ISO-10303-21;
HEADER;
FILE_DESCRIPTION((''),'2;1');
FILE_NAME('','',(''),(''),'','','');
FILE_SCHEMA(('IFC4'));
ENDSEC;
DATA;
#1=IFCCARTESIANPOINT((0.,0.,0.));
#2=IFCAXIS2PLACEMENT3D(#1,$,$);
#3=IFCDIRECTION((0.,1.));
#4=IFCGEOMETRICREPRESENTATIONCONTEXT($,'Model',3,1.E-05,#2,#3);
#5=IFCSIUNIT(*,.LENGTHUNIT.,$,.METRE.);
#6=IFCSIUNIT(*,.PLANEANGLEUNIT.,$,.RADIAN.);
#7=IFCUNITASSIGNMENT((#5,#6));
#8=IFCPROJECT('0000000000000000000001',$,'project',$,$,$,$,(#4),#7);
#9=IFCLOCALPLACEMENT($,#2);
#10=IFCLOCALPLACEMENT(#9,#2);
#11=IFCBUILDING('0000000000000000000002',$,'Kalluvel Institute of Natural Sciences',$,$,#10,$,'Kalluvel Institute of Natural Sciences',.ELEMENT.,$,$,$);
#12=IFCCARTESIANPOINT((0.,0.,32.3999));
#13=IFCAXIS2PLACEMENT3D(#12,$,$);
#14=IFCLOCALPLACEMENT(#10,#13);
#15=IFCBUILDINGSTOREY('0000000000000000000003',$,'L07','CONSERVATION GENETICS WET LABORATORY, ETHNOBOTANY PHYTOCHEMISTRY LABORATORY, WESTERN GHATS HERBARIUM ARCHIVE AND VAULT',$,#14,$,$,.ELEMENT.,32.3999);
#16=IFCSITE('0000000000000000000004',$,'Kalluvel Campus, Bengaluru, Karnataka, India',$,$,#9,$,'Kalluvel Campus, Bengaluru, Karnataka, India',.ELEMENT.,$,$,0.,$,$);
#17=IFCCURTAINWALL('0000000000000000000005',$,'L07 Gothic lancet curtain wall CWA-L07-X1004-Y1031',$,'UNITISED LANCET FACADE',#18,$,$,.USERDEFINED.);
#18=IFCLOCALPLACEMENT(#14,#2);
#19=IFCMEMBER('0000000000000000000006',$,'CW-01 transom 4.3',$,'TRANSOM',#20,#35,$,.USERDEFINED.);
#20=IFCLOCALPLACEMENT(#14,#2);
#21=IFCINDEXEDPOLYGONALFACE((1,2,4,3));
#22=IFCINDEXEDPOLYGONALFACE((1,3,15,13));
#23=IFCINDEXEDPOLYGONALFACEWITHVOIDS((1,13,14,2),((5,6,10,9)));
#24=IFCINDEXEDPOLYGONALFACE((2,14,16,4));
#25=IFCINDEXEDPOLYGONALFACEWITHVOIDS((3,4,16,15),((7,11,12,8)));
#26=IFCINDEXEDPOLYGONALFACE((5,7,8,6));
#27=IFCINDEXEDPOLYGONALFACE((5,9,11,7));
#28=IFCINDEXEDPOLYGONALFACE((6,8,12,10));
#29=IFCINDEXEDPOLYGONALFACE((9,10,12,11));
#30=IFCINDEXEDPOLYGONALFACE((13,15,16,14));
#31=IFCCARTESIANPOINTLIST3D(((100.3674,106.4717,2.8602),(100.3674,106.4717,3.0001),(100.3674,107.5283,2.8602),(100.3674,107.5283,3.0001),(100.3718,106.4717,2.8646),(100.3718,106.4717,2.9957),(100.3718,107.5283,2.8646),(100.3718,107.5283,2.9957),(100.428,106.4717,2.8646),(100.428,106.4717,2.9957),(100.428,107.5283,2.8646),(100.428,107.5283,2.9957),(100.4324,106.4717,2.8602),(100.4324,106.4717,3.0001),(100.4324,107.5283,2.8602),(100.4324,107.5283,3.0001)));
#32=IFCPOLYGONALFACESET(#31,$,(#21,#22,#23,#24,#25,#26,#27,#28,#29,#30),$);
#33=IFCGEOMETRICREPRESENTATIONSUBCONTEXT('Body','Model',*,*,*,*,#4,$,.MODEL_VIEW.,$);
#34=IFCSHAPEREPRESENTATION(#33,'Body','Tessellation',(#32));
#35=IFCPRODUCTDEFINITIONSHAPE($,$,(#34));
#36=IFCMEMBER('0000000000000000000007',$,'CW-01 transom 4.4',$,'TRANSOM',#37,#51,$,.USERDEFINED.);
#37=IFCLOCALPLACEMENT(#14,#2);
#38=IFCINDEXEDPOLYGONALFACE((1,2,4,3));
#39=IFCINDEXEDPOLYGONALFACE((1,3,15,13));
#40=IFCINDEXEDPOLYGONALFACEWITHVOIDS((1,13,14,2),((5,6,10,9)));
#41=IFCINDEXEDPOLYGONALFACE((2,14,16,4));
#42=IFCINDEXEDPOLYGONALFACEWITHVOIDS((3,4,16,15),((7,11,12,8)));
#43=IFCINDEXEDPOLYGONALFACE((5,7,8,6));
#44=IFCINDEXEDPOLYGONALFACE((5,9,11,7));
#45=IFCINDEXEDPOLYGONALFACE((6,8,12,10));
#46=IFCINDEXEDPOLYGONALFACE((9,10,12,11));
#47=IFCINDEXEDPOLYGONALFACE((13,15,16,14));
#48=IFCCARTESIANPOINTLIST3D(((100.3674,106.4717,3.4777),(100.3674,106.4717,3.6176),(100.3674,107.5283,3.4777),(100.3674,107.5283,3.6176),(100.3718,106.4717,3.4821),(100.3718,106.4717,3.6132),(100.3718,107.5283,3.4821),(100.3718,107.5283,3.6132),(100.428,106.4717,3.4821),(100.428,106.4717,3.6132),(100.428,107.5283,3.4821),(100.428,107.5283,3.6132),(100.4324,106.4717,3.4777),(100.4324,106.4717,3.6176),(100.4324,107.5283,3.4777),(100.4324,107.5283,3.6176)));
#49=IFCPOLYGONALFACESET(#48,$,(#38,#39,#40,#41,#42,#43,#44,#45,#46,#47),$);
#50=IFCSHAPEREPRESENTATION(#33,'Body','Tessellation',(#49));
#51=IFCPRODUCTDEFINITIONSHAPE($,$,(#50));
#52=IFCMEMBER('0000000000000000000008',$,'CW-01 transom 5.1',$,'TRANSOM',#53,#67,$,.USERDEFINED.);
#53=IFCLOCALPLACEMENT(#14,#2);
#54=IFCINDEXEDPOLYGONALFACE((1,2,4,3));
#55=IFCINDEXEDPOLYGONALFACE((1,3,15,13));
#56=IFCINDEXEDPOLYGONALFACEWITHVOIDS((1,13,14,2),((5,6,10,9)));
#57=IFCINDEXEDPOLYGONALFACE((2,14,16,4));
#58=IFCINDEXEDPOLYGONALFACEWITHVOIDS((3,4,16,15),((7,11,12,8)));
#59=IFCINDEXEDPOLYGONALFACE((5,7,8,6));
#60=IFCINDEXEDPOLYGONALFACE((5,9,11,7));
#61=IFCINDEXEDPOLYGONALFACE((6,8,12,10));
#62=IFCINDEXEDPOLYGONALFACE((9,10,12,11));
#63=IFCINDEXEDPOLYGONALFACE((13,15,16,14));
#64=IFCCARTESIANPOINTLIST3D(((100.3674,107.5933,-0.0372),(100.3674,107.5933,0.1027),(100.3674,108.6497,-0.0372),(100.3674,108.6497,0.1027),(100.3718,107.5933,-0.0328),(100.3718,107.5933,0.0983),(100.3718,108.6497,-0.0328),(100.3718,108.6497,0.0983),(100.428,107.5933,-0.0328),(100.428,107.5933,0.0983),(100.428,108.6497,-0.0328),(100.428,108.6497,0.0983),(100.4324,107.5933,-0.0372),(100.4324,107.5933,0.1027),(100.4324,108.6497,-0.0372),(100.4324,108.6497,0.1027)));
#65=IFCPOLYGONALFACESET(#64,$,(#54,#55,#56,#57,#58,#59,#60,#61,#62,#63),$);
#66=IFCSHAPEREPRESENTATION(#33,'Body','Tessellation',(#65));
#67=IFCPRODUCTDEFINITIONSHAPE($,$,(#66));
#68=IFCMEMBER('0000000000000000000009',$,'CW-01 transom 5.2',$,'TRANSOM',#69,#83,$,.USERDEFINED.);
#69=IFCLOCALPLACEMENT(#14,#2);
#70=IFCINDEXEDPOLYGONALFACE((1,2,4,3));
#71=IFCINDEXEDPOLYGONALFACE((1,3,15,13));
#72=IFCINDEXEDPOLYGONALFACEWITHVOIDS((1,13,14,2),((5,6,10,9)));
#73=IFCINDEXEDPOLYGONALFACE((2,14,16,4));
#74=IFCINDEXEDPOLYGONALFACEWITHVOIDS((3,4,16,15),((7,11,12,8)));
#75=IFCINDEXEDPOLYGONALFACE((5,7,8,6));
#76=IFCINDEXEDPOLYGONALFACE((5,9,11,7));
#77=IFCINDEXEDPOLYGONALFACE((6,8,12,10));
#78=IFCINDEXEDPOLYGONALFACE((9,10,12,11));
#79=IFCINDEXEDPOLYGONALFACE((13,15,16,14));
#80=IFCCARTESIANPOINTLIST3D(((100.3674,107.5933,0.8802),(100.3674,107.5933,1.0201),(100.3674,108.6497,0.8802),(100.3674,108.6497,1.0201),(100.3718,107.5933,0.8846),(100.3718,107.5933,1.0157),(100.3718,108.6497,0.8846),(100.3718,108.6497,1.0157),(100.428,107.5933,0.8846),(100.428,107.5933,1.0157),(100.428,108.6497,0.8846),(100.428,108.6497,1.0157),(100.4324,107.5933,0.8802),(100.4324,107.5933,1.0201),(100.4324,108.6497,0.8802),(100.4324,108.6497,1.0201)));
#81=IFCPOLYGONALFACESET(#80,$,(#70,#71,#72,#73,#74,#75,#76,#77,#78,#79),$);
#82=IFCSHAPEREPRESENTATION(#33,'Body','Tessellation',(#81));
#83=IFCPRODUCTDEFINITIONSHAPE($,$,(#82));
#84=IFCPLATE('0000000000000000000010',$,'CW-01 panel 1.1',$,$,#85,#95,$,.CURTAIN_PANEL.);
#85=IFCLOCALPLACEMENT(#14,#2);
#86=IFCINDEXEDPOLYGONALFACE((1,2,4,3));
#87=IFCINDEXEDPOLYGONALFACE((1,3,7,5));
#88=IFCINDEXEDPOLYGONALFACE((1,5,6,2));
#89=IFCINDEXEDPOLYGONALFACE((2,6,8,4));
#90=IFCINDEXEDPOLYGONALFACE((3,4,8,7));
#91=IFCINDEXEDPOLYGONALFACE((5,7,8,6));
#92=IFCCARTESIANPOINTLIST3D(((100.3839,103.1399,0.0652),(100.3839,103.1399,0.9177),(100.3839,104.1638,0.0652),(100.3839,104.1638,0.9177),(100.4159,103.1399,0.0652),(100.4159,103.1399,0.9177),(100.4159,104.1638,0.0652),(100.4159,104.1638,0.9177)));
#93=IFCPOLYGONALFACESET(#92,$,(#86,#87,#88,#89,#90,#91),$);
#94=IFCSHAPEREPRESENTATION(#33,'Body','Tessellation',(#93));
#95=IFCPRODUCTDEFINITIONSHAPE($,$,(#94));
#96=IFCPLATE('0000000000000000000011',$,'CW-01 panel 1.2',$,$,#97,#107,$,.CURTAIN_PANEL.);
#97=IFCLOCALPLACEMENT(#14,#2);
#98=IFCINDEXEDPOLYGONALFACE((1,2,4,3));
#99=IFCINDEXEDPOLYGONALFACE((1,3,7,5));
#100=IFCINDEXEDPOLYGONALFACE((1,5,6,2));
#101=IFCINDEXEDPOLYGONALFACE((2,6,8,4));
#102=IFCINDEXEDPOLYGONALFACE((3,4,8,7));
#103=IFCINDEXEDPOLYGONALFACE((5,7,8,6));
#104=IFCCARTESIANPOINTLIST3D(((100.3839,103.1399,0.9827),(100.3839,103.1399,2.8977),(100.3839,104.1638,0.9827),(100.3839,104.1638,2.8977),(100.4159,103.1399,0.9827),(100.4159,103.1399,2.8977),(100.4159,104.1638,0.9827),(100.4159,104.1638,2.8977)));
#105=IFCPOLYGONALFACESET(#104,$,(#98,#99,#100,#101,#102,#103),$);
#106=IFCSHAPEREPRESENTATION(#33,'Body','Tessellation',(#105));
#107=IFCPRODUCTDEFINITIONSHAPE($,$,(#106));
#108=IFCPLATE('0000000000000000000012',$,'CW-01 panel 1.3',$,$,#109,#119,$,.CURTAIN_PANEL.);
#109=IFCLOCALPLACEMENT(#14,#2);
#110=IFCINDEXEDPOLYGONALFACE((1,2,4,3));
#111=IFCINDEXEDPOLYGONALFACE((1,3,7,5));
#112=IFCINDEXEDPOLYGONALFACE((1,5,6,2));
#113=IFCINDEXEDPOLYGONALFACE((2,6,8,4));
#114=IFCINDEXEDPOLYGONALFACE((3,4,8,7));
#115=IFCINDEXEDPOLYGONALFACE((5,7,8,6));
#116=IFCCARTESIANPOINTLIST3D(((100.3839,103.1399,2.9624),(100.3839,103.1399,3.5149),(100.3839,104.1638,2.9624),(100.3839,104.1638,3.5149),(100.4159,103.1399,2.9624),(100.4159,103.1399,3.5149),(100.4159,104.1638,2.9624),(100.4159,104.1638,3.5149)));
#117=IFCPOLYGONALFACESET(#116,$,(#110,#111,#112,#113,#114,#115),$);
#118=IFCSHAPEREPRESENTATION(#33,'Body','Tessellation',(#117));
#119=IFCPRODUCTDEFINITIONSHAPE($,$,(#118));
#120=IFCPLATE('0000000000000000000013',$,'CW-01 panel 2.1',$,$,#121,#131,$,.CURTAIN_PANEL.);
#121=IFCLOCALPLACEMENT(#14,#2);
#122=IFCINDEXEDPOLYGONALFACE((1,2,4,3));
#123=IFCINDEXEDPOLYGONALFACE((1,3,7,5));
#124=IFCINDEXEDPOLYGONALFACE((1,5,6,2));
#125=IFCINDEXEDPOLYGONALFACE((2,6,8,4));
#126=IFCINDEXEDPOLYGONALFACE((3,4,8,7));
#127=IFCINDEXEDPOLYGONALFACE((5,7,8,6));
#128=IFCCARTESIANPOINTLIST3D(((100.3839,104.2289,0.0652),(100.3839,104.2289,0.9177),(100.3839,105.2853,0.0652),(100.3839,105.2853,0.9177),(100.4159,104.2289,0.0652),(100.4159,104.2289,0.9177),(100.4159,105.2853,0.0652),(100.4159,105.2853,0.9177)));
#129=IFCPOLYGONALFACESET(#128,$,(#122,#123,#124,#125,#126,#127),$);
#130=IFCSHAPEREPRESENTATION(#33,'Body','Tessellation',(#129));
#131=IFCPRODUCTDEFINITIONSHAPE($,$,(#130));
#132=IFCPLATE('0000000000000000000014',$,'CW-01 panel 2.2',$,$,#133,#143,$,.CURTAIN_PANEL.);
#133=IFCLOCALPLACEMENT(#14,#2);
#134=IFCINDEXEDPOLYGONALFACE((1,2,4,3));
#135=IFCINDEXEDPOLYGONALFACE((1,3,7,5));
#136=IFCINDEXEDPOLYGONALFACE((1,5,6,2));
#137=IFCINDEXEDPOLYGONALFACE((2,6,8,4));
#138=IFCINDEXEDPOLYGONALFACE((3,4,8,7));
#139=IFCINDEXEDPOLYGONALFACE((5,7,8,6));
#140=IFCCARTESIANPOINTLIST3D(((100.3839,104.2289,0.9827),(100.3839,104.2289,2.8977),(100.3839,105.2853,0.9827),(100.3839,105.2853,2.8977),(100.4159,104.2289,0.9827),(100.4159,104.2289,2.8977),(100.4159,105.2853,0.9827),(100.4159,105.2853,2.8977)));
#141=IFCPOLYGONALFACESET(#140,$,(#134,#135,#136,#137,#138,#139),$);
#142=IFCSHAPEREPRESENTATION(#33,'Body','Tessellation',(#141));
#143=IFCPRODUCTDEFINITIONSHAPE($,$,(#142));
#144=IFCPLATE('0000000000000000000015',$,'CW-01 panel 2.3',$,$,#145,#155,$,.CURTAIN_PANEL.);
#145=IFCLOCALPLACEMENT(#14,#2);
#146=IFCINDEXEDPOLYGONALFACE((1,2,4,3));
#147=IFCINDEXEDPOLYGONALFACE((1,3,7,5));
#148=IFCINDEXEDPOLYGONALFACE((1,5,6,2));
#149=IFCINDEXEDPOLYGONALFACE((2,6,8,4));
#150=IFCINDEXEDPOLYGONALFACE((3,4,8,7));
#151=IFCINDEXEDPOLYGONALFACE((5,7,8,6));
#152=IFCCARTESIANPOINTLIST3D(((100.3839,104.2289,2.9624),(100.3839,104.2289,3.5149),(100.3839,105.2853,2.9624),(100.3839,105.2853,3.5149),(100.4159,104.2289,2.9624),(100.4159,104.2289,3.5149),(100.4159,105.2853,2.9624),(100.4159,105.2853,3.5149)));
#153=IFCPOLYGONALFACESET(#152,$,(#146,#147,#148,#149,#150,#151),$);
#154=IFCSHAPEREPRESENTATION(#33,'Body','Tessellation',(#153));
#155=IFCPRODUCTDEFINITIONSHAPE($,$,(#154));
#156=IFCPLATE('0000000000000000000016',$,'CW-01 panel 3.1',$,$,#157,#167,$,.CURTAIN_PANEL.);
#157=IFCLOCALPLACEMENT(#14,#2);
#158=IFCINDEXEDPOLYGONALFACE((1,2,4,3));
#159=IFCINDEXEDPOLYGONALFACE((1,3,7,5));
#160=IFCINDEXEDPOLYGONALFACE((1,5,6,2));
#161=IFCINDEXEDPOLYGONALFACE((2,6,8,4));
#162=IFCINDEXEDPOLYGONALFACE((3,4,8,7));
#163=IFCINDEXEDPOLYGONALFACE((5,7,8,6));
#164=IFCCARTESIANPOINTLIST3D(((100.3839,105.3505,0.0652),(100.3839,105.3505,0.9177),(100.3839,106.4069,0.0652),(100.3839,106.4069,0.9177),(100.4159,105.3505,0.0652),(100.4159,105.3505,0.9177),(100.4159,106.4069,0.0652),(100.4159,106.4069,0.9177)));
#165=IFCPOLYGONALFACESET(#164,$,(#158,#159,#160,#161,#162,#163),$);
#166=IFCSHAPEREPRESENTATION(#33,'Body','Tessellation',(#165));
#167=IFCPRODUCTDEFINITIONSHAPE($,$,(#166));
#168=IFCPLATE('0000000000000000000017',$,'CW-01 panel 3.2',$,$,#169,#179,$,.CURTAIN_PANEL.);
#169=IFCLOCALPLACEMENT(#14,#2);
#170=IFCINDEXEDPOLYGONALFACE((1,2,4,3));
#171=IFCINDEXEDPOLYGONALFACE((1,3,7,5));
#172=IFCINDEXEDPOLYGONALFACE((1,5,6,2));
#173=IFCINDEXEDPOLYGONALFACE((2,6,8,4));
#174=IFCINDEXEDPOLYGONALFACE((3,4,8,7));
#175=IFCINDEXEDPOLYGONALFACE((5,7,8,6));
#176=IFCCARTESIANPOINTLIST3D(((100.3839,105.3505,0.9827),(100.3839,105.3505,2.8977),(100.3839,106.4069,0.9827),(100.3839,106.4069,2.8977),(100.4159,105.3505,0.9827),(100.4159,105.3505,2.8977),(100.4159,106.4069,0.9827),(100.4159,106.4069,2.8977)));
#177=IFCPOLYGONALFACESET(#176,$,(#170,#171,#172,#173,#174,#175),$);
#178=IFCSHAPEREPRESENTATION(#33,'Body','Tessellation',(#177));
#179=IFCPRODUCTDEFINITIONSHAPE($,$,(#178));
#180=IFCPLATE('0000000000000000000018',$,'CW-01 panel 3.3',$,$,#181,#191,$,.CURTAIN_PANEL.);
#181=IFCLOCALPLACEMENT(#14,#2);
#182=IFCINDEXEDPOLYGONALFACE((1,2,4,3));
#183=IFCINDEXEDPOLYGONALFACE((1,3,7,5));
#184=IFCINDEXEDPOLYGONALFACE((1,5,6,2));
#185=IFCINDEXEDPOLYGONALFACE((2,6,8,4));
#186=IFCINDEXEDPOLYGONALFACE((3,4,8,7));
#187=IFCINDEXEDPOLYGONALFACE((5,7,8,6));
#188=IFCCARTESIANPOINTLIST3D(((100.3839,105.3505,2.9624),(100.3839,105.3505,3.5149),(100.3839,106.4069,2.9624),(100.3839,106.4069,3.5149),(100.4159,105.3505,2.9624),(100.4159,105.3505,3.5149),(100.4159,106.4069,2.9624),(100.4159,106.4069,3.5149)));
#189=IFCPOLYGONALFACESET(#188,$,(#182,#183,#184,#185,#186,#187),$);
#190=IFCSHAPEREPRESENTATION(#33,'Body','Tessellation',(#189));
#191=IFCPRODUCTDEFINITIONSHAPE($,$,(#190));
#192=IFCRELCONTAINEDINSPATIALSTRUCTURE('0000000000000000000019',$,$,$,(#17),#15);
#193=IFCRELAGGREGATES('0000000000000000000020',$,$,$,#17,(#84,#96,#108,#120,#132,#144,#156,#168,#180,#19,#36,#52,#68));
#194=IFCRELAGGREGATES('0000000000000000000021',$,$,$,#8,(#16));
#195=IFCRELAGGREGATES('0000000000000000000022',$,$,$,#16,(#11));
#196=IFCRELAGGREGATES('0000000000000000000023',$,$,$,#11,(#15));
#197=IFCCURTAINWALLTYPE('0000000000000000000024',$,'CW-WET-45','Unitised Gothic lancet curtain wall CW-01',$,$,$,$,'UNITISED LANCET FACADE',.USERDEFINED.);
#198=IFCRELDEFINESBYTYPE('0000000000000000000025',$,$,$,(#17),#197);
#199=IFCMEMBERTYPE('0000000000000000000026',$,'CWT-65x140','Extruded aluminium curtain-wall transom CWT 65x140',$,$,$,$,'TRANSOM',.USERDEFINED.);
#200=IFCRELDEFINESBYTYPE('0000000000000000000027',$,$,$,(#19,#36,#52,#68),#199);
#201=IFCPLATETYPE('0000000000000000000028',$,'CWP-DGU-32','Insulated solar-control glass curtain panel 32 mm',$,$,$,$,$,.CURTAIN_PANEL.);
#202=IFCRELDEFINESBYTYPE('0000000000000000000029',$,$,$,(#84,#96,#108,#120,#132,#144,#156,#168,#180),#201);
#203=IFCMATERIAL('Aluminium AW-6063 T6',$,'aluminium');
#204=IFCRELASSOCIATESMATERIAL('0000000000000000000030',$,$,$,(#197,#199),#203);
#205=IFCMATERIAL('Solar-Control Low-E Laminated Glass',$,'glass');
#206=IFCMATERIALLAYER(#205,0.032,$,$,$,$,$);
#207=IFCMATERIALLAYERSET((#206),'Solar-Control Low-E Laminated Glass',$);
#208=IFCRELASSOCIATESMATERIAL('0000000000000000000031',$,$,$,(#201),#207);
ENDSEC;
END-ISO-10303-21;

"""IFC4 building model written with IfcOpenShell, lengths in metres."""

from ifc_helpers import new_model, si_unit, direction, frame, origin, origin_2d, place, context, subcontext, project, spatial, rectangle, hollow_rectangle, extrude, material, layer, layer_set, material_profile, profile_set, type_object, element, aggregate, save


model = new_model("IFC4")

# Units and contexts
model_context = context("Model", 3, precision=1e-05, world=origin(), true_north=direction((0.0, 1.0)))
body_context = subcontext(model_context, "Body", "Model", "MODEL_VIEW")
ifc_project = project(units=[si_unit("LENGTHUNIT", "METRE"), si_unit("PLANEANGLEUNIT", "RADIAN")], contexts=[model_context])

# Site, building, storey
site_placement = place(None, origin())
site = spatial("IfcSite", under=ifc_project, at=site_placement, Name="Kalluvel Campus, Bengaluru, Karnataka, India", LongName="Kalluvel Campus, Bengaluru, Karnataka, India", CompositionType="ELEMENT", RefElevation=0.0)
building_placement = place(site_placement, origin())
building = spatial("IfcBuilding", under=site, at=building_placement, Name="Kalluvel Institute of Natural Sciences", LongName="Kalluvel Institute of Natural Sciences", CompositionType="ELEMENT")
storey_placement = place(building_placement, frame((0.0, 0.0, 32.3999)))
storey = spatial("IfcBuildingStorey", under=building, at=storey_placement, Name="L07", Description="CONSERVATION GENETICS WET LABORATORY, ETHNOBOTANY PHYTOCHEMISTRY LABORATORY, WESTERN GHATS HERBARIUM ARCHIVE AND VAULT", CompositionType="ELEMENT", Elevation=32.3999)

# Curtain wall, members, plates
ifc_material_1 = material(Name="Aluminium AW-6063 T6", Category="aluminium")
curtain_wall_type = type_object("IfcCurtainWallType", Name="CW-WET-45", Description="Unitised Gothic lancet curtain wall CW-01", ElementType="UNITISED LANCET FACADE", PredefinedType="USERDEFINED", material=ifc_material_1)
curtain_wall_placement = place(storey_placement, origin())
curtain_wall = element("IfcCurtainWall", 1, at=curtain_wall_placement, inside=storey, type_object=curtain_wall_type, Name="L07 Gothic lancet curtain wall CWA-L07-X1004-Y1031", ObjectType="UNITISED LANCET FACADE", PredefinedType="USERDEFINED")
ifc_material_profile_1 = material_profile(ifc_material_1, hollow_rectangle(XDim=0.0649, YDim=0.1399, WallThickness=0.0044, at=origin_2d()), Name="CWT 65x140")
ifc_profile_set_1 = profile_set([ifc_material_profile_1], Name="Aluminium AW-6063 T6")
member_type_1 = type_object("IfcMemberType", Name="CWT-65x140", Description="Extruded aluminium curtain-wall transom CWT 65x140", ElementType="TRANSOM", PredefinedType="USERDEFINED", material=ifc_profile_set_1)
member_1_placement = place(storey_placement, frame((100.3999, 106.4717, 2.9302), z_axis=(0.0, 1.0, 0.0), x_axis=(-1.0, 0.0, 0.0)))
member_1 = element("IfcMember", 2, at=member_1_placement, type_object=member_type_1, Name="CW-01 transom 4.3", ObjectType="TRANSOM", PredefinedType="USERDEFINED", context=body_context, shape_type="SweptSolid", body=[
    extrude(hollow_rectangle(XDim=0.0649, YDim=0.1399, WallThickness=0.0044, at=origin_2d()), origin(), (0.0, 0.0, 1.0), 1.0566),
])
member_2_placement = place(storey_placement, frame((100.3999, 106.4717, 3.5476), z_axis=(0.0, 1.0, 0.0), x_axis=(-1.0, 0.0, 0.0)))
member_2 = element("IfcMember", 3, at=member_2_placement, type_object=member_type_1, Name="CW-01 transom 4.4", ObjectType="TRANSOM", PredefinedType="USERDEFINED", context=body_context, shape_type="SweptSolid", body=[
    extrude(hollow_rectangle(XDim=0.0649, YDim=0.1399, WallThickness=0.0044, at=origin_2d()), origin(), (0.0, 0.0, 1.0), 1.0566),
])
member_3_placement = place(storey_placement, frame((100.3999, 107.5933, 0.0327), z_axis=(0.0, 1.0, 0.0), x_axis=(-1.0, 0.0, 0.0)))
member_3 = element("IfcMember", 4, at=member_3_placement, type_object=member_type_1, Name="CW-01 transom 5.1", ObjectType="TRANSOM", PredefinedType="USERDEFINED", context=body_context, shape_type="SweptSolid", body=[
    extrude(hollow_rectangle(XDim=0.0649, YDim=0.1399, WallThickness=0.0044, at=origin_2d()), origin(), (0.0, 0.0, 1.0), 1.0564),
])
member_4_placement = place(storey_placement, frame((100.3999, 107.5933, 0.9502), z_axis=(0.0, 1.0, 0.0), x_axis=(-1.0, 0.0, 0.0)))
member_4 = element("IfcMember", 5, at=member_4_placement, type_object=member_type_1, Name="CW-01 transom 5.2", ObjectType="TRANSOM", PredefinedType="USERDEFINED", context=body_context, shape_type="SweptSolid", body=[
    extrude(hollow_rectangle(XDim=0.0649, YDim=0.1399, WallThickness=0.0044, at=origin_2d()), origin(), (0.0, 0.0, 1.0), 1.0564),
])
ifc_material_2 = material(Name="Solar-Control Low-E Laminated Glass", Category="glass")
ifc_layer = layer(ifc_material_2, 0.032)
ifc_layer_set = layer_set([ifc_layer], Name="Solar-Control Low-E Laminated Glass")
plate_type = type_object("IfcPlateType", Name="CWP-DGU-32", Description="Insulated solar-control glass curtain panel 32 mm", PredefinedType="CURTAIN_PANEL", material=ifc_layer_set)
plate_1_placement = place(storey_placement, frame((100.3999, 103.6519, 0.0652), z_axis=(0.0, 0.0, 1.0), x_axis=(0.0, 1.0, 0.0)))
plate_1 = element("IfcPlate", 6, at=plate_1_placement, type_object=plate_type, Name="CW-01 panel 1.1", PredefinedType="CURTAIN_PANEL", context=body_context, shape_type="SweptSolid", body=[
    extrude(rectangle(XDim=1.0239, YDim=0.032, at=origin_2d()), origin(), (0.0, 0.0, 1.0), 0.8525),
])
plate_2_placement = place(storey_placement, frame((100.3999, 103.6519, 0.9827), z_axis=(0.0, 0.0, 1.0), x_axis=(0.0, 1.0, 0.0)))
plate_2 = element("IfcPlate", 7, at=plate_2_placement, type_object=plate_type, Name="CW-01 panel 1.2", PredefinedType="CURTAIN_PANEL", context=body_context, shape_type="SweptSolid", body=[
    extrude(rectangle(XDim=1.0239, YDim=0.032, at=origin_2d()), origin(), (0.0, 0.0, 1.0), 1.915),
])
plate_3_placement = place(storey_placement, frame((100.3999, 103.6519, 2.9624), z_axis=(0.0, 0.0, 1.0), x_axis=(0.0, 1.0, 0.0)))
plate_3 = element("IfcPlate", 8, at=plate_3_placement, type_object=plate_type, Name="CW-01 panel 1.3", PredefinedType="CURTAIN_PANEL", context=body_context, shape_type="SweptSolid", body=[
    extrude(rectangle(XDim=1.0239, YDim=0.032, at=origin_2d()), origin(), (0.0, 0.0, 1.0), 0.5525),
])
plate_4_placement = place(storey_placement, frame((100.3999, 104.7571, 0.0652), z_axis=(0.0, 0.0, 1.0), x_axis=(0.0, 1.0, 0.0)))
plate_4 = element("IfcPlate", 9, at=plate_4_placement, type_object=plate_type, Name="CW-01 panel 2.1", PredefinedType="CURTAIN_PANEL", context=body_context, shape_type="SweptSolid", body=[
    extrude(rectangle(XDim=1.0564, YDim=0.032, at=origin_2d()), origin(), (0.0, 0.0, 1.0), 0.8525),
])
plate_5_placement = place(storey_placement, frame((100.3999, 104.7571, 0.9827), z_axis=(0.0, 0.0, 1.0), x_axis=(0.0, 1.0, 0.0)))
plate_5 = element("IfcPlate", 10, at=plate_5_placement, type_object=plate_type, Name="CW-01 panel 2.2", PredefinedType="CURTAIN_PANEL", context=body_context, shape_type="SweptSolid", body=[
    extrude(rectangle(XDim=1.0564, YDim=0.032, at=origin_2d()), origin(), (0.0, 0.0, 1.0), 1.915),
])
plate_6_placement = place(storey_placement, frame((100.3999, 104.7571, 2.9624), z_axis=(0.0, 0.0, 1.0), x_axis=(0.0, 1.0, 0.0)))
plate_6 = element("IfcPlate", 11, at=plate_6_placement, type_object=plate_type, Name="CW-01 panel 2.3", PredefinedType="CURTAIN_PANEL", context=body_context, shape_type="SweptSolid", body=[
    extrude(rectangle(XDim=1.0564, YDim=0.032, at=origin_2d()), origin(), (0.0, 0.0, 1.0), 0.5525),
])
plate_7_placement = place(storey_placement, frame((100.3999, 105.8787, 0.0652), z_axis=(0.0, 0.0, 1.0), x_axis=(0.0, 1.0, 0.0)))
plate_7 = element("IfcPlate", 12, at=plate_7_placement, type_object=plate_type, Name="CW-01 panel 3.1", PredefinedType="CURTAIN_PANEL", context=body_context, shape_type="SweptSolid", body=[
    extrude(rectangle(XDim=1.0564, YDim=0.032, at=origin_2d()), origin(), (0.0, 0.0, 1.0), 0.8525),
])
plate_8_placement = place(storey_placement, frame((100.3999, 105.8787, 0.9827), z_axis=(0.0, 0.0, 1.0), x_axis=(0.0, 1.0, 0.0)))
plate_8 = element("IfcPlate", 13, at=plate_8_placement, type_object=plate_type, Name="CW-01 panel 3.2", PredefinedType="CURTAIN_PANEL", context=body_context, shape_type="SweptSolid", body=[
    extrude(rectangle(XDim=1.0564, YDim=0.032, at=origin_2d()), origin(), (0.0, 0.0, 1.0), 1.915),
])
plate_9_placement = place(storey_placement, frame((100.3999, 105.8787, 2.9624), z_axis=(0.0, 0.0, 1.0), x_axis=(0.0, 1.0, 0.0)))
plate_9 = element("IfcPlate", 14, at=plate_9_placement, type_object=plate_type, Name="CW-01 panel 3.3", PredefinedType="CURTAIN_PANEL", context=body_context, shape_type="SweptSolid", body=[
    extrude(rectangle(XDim=1.0564, YDim=0.032, at=origin_2d()), origin(), (0.0, 0.0, 1.0), 0.5525),
])
aggregate(curtain_wall, [plate_1, plate_2, plate_3, plate_4, plate_5, plate_6, plate_7, plate_8, plate_9, member_1, member_2, member_3, member_4])

save(model, "model.ifc")
